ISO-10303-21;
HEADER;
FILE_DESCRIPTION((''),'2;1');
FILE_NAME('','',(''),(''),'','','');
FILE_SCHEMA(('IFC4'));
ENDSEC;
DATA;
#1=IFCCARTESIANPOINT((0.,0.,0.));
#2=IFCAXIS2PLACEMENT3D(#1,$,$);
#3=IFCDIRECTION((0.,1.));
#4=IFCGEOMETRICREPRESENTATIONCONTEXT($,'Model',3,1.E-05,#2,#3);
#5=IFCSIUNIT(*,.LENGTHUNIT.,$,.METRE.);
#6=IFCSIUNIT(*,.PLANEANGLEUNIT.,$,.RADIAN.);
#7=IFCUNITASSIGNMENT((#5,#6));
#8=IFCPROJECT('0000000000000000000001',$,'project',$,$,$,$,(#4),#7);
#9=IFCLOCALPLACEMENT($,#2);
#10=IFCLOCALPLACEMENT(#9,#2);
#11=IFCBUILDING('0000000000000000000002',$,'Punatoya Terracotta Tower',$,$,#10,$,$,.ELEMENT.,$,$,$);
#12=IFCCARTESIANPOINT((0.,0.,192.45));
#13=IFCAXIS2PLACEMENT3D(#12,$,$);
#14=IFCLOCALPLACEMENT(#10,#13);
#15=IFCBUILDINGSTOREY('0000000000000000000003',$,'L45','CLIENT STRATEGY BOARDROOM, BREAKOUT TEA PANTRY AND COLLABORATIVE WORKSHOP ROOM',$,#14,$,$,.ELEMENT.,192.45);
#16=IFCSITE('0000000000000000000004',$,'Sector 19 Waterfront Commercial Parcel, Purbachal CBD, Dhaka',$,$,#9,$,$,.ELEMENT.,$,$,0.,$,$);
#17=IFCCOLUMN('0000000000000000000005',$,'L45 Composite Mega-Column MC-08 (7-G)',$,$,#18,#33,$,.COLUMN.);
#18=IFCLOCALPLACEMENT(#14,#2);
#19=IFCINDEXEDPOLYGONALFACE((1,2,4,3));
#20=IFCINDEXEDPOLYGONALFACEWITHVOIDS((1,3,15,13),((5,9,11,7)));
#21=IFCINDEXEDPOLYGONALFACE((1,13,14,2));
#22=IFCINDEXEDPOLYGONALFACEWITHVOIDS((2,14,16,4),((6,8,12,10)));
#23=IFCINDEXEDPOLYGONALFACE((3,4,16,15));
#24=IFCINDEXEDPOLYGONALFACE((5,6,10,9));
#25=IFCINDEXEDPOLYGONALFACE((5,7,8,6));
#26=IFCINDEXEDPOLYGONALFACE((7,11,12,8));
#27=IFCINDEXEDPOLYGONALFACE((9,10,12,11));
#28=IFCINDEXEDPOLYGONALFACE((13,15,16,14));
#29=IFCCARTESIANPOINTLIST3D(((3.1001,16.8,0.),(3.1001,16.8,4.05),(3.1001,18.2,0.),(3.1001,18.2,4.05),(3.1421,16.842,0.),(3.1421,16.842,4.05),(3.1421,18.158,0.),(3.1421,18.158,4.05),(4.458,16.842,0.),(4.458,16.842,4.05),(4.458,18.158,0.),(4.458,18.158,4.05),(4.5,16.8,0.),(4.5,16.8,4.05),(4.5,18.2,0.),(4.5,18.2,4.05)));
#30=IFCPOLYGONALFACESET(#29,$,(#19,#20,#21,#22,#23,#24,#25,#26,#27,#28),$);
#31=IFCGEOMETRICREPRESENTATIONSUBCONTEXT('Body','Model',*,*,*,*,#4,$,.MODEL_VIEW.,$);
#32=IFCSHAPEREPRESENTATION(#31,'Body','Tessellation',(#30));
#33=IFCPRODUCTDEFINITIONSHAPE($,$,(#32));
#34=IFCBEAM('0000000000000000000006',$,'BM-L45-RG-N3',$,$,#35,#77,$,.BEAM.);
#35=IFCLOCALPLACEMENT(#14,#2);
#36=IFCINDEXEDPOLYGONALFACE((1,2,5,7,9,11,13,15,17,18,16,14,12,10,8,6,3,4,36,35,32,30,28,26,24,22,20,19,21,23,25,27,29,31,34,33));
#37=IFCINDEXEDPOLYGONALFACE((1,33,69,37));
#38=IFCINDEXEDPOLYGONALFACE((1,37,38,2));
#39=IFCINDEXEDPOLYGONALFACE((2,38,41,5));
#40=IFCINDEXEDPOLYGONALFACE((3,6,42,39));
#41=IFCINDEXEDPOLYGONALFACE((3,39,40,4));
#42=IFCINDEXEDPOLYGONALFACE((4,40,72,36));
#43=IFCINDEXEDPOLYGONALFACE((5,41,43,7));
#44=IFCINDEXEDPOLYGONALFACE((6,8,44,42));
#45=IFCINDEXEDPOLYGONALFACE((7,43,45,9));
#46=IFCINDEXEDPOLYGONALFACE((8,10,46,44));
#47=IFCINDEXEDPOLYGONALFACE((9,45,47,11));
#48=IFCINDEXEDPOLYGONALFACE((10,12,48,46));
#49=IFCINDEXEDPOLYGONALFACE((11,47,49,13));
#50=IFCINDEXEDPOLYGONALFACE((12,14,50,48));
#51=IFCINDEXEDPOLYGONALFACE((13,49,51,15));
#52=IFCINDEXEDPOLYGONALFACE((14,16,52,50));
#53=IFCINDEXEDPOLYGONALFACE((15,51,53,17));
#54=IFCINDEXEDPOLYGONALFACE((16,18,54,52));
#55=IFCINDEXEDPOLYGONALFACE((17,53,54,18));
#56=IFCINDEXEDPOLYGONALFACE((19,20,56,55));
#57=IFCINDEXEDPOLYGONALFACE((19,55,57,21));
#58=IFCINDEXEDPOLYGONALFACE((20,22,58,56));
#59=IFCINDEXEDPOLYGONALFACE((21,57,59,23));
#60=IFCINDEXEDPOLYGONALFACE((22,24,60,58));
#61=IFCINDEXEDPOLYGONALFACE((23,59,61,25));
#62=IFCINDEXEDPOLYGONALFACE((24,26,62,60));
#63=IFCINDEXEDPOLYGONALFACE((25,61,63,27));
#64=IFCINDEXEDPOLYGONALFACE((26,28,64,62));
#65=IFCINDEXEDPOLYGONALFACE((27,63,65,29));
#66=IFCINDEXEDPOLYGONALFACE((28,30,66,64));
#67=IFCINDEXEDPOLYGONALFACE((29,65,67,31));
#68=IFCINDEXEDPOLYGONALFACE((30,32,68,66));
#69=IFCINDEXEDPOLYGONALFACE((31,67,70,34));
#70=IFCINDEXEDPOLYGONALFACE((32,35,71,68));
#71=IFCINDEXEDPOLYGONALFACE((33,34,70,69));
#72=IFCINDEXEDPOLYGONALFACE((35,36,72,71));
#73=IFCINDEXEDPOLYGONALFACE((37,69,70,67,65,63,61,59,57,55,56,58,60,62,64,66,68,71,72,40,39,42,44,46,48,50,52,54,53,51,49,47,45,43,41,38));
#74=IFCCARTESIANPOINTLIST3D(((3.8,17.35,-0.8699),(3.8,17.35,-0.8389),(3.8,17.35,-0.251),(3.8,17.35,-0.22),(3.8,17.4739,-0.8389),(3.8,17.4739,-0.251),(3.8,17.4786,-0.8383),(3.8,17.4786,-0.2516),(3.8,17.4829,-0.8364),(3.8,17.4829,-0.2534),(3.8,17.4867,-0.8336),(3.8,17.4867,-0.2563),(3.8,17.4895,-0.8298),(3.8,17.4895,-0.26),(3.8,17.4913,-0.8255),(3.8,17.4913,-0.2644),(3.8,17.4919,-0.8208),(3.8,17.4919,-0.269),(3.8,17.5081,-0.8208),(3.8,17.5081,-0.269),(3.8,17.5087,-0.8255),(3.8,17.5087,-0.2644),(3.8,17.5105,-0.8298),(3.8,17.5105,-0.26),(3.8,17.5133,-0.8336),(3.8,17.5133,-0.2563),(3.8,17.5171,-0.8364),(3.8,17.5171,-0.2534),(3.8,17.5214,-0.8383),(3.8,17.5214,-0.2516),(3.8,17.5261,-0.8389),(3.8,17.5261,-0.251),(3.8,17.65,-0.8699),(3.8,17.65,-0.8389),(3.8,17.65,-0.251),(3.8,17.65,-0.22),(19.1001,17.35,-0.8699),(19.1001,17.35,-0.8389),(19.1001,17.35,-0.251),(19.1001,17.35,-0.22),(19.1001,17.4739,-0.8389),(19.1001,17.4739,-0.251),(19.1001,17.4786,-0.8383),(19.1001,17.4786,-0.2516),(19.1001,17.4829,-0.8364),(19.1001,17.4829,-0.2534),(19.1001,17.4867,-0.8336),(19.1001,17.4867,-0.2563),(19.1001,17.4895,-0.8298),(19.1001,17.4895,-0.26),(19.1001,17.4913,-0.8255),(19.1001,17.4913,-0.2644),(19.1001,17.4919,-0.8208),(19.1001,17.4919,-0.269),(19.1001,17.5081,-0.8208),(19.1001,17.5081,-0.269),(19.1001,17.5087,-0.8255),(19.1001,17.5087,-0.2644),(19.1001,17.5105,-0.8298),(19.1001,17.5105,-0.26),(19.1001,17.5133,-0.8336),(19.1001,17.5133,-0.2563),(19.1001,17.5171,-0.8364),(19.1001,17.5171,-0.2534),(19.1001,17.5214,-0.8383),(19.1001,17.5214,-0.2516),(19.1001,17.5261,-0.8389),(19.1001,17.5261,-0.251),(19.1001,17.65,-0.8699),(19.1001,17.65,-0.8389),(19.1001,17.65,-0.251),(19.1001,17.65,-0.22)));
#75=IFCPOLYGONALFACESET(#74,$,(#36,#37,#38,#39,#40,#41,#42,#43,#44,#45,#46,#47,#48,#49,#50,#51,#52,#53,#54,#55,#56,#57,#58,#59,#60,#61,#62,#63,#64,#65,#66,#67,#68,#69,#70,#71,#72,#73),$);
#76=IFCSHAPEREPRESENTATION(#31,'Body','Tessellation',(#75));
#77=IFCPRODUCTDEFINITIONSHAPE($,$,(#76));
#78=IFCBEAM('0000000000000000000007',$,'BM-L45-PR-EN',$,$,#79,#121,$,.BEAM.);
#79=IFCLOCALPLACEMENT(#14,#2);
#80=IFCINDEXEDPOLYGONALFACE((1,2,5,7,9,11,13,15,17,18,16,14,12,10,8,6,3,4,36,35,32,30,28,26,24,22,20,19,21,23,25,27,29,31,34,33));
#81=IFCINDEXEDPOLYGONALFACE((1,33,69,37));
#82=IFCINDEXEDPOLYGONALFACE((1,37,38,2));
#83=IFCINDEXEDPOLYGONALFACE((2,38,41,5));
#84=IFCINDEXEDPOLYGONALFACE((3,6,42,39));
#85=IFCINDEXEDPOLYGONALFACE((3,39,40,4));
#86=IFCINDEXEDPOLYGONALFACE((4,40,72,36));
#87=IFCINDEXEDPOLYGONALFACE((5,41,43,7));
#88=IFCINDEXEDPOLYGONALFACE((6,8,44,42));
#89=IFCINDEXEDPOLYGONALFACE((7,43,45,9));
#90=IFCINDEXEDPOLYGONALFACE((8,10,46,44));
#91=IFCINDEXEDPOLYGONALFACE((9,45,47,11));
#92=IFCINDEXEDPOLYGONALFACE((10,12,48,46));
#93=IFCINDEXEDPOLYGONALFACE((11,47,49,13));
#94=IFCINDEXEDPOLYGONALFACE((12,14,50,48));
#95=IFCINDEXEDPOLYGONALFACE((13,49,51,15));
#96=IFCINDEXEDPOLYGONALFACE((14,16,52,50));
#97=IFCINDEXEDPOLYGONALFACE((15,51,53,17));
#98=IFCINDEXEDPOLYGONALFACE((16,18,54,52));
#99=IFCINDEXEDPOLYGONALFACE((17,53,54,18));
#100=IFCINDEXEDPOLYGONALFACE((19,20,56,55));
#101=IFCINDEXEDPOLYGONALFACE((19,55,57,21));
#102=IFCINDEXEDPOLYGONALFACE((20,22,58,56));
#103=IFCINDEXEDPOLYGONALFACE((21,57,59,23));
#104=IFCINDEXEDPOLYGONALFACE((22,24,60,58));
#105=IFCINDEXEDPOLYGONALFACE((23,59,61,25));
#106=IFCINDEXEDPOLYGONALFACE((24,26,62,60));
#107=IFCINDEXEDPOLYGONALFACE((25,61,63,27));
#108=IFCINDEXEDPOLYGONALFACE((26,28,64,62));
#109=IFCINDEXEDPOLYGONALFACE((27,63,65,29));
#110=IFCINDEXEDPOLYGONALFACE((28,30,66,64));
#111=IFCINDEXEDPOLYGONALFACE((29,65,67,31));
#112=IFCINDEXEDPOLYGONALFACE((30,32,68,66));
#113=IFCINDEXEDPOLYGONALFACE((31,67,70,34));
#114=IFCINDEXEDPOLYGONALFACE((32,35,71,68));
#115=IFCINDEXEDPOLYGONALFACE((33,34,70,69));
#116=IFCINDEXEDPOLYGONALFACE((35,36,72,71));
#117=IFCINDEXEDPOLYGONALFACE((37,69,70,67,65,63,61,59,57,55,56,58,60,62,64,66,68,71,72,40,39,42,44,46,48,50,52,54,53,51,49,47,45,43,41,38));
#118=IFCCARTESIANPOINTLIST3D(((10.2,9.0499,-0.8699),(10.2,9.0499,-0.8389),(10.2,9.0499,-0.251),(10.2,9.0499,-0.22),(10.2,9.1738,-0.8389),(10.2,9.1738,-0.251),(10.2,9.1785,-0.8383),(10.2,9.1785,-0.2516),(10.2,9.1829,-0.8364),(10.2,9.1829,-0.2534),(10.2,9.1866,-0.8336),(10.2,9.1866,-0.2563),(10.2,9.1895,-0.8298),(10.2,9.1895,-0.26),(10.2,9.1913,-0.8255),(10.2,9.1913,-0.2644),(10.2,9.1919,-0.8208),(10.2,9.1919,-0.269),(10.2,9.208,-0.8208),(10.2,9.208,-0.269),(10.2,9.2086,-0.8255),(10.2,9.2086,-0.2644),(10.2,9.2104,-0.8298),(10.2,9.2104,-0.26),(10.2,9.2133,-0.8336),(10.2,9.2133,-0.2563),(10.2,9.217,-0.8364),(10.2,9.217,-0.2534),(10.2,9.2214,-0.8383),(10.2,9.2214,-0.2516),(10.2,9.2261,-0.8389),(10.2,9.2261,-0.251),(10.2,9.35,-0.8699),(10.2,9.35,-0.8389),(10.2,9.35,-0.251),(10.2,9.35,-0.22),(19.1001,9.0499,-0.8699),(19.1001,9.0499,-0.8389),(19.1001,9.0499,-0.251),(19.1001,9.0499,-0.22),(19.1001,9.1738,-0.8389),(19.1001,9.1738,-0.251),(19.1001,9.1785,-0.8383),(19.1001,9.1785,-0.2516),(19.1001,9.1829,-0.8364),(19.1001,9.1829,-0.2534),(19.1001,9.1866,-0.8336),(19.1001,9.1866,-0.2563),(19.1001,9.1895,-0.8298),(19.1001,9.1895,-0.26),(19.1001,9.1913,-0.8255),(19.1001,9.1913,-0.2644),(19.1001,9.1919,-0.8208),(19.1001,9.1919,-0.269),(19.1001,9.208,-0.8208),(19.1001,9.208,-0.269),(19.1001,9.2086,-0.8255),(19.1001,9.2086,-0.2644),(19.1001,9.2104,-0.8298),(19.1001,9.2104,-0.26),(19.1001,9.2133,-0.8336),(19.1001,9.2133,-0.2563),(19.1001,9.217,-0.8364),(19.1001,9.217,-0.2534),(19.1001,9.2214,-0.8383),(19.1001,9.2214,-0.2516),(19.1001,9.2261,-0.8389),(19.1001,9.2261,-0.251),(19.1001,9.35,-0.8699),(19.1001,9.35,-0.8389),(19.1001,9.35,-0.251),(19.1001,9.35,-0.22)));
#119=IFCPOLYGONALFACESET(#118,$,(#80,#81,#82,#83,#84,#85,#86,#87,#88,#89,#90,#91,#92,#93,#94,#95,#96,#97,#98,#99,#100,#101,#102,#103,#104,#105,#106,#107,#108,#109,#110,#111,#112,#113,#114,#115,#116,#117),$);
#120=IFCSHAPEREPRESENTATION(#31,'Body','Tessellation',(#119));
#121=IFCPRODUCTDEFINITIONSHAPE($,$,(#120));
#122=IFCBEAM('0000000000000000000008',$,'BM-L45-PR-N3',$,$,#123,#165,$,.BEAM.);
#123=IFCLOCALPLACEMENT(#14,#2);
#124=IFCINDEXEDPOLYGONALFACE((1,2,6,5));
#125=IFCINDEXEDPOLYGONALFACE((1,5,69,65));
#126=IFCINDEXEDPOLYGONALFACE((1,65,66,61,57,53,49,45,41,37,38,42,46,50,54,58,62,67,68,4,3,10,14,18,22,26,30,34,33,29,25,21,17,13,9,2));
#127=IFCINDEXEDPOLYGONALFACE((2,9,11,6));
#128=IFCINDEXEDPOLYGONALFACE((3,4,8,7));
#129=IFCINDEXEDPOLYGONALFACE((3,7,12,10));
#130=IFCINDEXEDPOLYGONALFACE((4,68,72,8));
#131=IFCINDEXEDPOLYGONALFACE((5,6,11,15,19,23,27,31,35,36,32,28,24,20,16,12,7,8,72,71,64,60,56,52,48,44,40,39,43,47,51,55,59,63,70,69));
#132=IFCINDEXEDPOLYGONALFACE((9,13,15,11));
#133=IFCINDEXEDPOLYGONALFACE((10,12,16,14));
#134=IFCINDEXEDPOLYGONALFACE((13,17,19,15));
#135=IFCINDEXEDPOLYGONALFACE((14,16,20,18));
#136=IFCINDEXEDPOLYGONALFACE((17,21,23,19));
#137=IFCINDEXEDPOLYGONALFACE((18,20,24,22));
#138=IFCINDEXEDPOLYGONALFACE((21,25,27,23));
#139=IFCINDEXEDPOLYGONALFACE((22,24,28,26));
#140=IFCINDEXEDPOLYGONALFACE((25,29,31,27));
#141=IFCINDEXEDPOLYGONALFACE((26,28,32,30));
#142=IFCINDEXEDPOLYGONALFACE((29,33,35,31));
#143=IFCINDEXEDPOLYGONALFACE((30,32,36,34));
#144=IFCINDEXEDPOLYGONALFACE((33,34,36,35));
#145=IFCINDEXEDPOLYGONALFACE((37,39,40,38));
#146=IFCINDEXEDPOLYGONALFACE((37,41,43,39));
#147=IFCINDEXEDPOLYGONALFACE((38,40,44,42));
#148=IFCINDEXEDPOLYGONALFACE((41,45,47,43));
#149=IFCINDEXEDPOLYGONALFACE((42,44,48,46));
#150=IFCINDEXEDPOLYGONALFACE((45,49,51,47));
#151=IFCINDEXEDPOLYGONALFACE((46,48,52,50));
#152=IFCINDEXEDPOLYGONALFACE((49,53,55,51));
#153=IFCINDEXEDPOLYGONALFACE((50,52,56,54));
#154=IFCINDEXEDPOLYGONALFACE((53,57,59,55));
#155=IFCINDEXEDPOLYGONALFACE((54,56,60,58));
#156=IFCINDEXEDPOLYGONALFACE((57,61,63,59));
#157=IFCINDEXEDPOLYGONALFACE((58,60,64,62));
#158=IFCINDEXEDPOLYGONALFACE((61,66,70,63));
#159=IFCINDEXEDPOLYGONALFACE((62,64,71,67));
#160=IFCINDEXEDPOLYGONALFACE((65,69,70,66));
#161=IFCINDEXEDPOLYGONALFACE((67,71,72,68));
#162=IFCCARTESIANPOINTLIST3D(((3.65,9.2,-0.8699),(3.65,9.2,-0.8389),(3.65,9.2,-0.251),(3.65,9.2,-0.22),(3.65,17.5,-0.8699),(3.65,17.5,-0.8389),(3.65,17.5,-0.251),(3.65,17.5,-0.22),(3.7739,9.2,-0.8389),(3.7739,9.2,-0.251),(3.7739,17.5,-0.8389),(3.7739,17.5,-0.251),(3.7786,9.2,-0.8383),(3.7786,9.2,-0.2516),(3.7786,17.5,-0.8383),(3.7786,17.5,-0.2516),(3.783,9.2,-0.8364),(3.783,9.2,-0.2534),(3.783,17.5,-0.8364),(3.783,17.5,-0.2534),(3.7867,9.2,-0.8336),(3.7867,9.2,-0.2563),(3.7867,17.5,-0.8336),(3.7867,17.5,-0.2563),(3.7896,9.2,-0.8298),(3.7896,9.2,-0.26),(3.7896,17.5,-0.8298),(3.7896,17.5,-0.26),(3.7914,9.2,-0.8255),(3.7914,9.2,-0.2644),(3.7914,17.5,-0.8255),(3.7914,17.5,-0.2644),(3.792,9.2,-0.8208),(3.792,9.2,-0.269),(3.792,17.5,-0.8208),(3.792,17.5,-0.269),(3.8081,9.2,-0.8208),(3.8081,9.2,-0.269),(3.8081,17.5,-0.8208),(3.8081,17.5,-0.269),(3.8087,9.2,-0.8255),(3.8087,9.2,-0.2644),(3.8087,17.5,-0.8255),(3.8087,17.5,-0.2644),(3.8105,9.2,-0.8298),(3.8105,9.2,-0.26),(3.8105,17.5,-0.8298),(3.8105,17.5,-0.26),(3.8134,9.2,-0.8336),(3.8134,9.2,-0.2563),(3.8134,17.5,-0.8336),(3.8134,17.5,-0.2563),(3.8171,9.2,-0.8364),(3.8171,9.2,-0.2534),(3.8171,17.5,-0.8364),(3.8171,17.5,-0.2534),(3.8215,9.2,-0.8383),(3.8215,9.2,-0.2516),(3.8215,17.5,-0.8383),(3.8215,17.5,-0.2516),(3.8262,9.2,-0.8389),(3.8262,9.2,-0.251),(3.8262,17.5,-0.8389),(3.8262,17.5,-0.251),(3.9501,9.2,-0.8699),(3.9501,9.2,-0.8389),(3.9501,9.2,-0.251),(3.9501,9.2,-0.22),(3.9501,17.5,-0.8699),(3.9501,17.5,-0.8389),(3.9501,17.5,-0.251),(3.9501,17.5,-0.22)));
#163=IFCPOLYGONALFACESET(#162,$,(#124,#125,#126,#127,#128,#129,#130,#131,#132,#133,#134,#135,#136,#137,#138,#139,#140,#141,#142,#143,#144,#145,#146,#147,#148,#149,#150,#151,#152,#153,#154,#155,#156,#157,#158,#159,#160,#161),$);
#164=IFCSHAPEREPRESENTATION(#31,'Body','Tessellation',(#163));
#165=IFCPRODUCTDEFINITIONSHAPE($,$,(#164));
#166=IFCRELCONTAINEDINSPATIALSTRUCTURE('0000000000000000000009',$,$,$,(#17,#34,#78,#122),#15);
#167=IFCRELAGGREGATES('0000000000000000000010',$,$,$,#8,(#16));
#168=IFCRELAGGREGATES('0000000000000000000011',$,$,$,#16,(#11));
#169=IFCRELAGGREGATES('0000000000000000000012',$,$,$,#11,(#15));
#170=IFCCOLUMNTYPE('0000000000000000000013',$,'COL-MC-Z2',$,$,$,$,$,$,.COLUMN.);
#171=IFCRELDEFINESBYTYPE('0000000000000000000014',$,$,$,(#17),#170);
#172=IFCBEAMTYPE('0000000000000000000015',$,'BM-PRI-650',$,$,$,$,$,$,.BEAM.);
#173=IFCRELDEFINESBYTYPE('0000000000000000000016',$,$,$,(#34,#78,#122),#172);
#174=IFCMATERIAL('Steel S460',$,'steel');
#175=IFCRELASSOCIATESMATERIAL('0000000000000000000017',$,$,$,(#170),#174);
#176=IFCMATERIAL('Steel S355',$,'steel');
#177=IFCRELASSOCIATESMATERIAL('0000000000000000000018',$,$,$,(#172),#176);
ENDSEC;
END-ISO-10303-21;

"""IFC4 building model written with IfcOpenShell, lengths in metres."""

from ifc_helpers import new_model, si_unit, direction, frame, origin, origin_2d, place, context, subcontext, project, spatial, hollow_rectangle, i_section, extrude, material, material_profile, profile_set, type_object, element, save


model = new_model("IFC4")

# Units and contexts
model_context = context("Model", 3, precision=1e-05, world=origin(), true_north=direction((0.0, 1.0)))
body_context = subcontext(model_context, "Body", "Model", "MODEL_VIEW")
ifc_project = project(units=[si_unit("LENGTHUNIT", "METRE"), si_unit("PLANEANGLEUNIT", "RADIAN")], contexts=[model_context])

# Site, building, storey
site_placement = place(None, origin())
site = spatial("IfcSite", under=ifc_project, at=site_placement, Name="Sector 19 Waterfront Commercial Parcel, Purbachal CBD, Dhaka", CompositionType="ELEMENT", RefElevation=0.0)
building_placement = place(site_placement, origin())
building = spatial("IfcBuilding", under=site, at=building_placement, Name="Punatoya Terracotta Tower", CompositionType="ELEMENT")
storey_placement = place(building_placement, frame((0.0, 0.0, 192.45)))
storey = spatial("IfcBuildingStorey", under=building, at=storey_placement, Name="L45", Description="CLIENT STRATEGY BOARDROOM, BREAKOUT TEA PANTRY AND COLLABORATIVE WORKSHOP ROOM", CompositionType="ELEMENT", Elevation=192.45)

# Column
ifc_material_1 = material(Name="Steel S460", Category="steel")
ifc_material_profile_1 = material_profile(ifc_material_1, hollow_rectangle(XDim=1.3999, YDim=1.3999, WallThickness=0.042, at=origin_2d()))
ifc_profile_set_1 = profile_set([ifc_material_profile_1], Name="Steel S460")
column_type = type_object("IfcColumnType", Name="COL-MC-Z2", PredefinedType="COLUMN", material=ifc_profile_set_1)
column_placement = place(storey_placement, frame((3.8, 17.5, 0.0), z_axis=(0.0, 0.0, 1.0), x_axis=(1.0, 0.0, 0.0)))
element("IfcColumn", 1, at=column_placement, inside=storey, type_object=column_type, Name="L45 Composite Mega-Column MC-08 (7-G)", PredefinedType="COLUMN", context=body_context, shape_type="SweptSolid", body=[
    extrude(hollow_rectangle(XDim=1.3999, YDim=1.3999, WallThickness=0.042, at=origin_2d()), origin(), (0.0, 0.0, 1.0), 4.05),
])

# Beams
ifc_material_2 = material(Name="Steel S355", Category="steel")
ifc_material_profile_2 = material_profile(ifc_material_2, i_section(OverallWidth=0.3, OverallDepth=0.6499, WebThickness=0.0161, FlangeThickness=0.031, FilletRadius=0.0181, at=origin_2d()))
ifc_profile_set_2 = profile_set([ifc_material_profile_2], Name="Steel S355")
beam_type_1 = type_object("IfcBeamType", Name="BM-PRI-650", PredefinedType="BEAM", material=ifc_profile_set_2)
beam_1_placement = place(storey_placement, frame((3.8, 17.5, -0.5449), z_axis=(1.0, 0.0, 0.0), x_axis=(0.0, 1.0, 0.0)))
element("IfcBeam", 2, at=beam_1_placement, inside=storey, type_object=beam_type_1, Name="BM-L45-RG-N3", PredefinedType="BEAM", context=body_context, shape_type="SweptSolid", body=[
    extrude(i_section(OverallWidth=0.3, OverallDepth=0.6499, WebThickness=0.0161, FlangeThickness=0.031, FilletRadius=0.0181, at=origin_2d()), origin(), (0.0, 0.0, 1.0), 15.3),
])
beam_2_placement = place(storey_placement, frame((10.2, 9.2, -0.5449), z_axis=(1.0, 0.0, 0.0), x_axis=(0.0, 1.0, 0.0)))
element("IfcBeam", 3, at=beam_2_placement, inside=storey, type_object=beam_type_1, Name="BM-L45-PR-EN", PredefinedType="BEAM", context=body_context, shape_type="SweptSolid", body=[
    extrude(i_section(OverallWidth=0.3, OverallDepth=0.6499, WebThickness=0.0161, FlangeThickness=0.031, FilletRadius=0.0181, at=origin_2d()), origin(), (0.0, 0.0, 1.0), 8.9001),
])
for number, where, z_axis, x_axis, name in (
    (4, (3.8, 9.2, -0.5449), (0.0, 1.0, 0.0), (-1.0, 0.0, 0.0), "BM-L45-PR-N3"),
):
    element("IfcBeam", number, at=place(storey_placement, frame(where, z_axis=z_axis, x_axis=x_axis)), inside=storey, type_object=beam_type_1, Name=name, PredefinedType="BEAM", context=body_context, shape_type="SweptSolid", body=[
        extrude(i_section(OverallWidth=0.3, OverallDepth=0.6499, WebThickness=0.0161, FlangeThickness=0.031, FilletRadius=0.0181, at=origin_2d()), origin(), (0.0, 0.0, 1.0), 8.3),
    ])

save(model, "model.ifc")
